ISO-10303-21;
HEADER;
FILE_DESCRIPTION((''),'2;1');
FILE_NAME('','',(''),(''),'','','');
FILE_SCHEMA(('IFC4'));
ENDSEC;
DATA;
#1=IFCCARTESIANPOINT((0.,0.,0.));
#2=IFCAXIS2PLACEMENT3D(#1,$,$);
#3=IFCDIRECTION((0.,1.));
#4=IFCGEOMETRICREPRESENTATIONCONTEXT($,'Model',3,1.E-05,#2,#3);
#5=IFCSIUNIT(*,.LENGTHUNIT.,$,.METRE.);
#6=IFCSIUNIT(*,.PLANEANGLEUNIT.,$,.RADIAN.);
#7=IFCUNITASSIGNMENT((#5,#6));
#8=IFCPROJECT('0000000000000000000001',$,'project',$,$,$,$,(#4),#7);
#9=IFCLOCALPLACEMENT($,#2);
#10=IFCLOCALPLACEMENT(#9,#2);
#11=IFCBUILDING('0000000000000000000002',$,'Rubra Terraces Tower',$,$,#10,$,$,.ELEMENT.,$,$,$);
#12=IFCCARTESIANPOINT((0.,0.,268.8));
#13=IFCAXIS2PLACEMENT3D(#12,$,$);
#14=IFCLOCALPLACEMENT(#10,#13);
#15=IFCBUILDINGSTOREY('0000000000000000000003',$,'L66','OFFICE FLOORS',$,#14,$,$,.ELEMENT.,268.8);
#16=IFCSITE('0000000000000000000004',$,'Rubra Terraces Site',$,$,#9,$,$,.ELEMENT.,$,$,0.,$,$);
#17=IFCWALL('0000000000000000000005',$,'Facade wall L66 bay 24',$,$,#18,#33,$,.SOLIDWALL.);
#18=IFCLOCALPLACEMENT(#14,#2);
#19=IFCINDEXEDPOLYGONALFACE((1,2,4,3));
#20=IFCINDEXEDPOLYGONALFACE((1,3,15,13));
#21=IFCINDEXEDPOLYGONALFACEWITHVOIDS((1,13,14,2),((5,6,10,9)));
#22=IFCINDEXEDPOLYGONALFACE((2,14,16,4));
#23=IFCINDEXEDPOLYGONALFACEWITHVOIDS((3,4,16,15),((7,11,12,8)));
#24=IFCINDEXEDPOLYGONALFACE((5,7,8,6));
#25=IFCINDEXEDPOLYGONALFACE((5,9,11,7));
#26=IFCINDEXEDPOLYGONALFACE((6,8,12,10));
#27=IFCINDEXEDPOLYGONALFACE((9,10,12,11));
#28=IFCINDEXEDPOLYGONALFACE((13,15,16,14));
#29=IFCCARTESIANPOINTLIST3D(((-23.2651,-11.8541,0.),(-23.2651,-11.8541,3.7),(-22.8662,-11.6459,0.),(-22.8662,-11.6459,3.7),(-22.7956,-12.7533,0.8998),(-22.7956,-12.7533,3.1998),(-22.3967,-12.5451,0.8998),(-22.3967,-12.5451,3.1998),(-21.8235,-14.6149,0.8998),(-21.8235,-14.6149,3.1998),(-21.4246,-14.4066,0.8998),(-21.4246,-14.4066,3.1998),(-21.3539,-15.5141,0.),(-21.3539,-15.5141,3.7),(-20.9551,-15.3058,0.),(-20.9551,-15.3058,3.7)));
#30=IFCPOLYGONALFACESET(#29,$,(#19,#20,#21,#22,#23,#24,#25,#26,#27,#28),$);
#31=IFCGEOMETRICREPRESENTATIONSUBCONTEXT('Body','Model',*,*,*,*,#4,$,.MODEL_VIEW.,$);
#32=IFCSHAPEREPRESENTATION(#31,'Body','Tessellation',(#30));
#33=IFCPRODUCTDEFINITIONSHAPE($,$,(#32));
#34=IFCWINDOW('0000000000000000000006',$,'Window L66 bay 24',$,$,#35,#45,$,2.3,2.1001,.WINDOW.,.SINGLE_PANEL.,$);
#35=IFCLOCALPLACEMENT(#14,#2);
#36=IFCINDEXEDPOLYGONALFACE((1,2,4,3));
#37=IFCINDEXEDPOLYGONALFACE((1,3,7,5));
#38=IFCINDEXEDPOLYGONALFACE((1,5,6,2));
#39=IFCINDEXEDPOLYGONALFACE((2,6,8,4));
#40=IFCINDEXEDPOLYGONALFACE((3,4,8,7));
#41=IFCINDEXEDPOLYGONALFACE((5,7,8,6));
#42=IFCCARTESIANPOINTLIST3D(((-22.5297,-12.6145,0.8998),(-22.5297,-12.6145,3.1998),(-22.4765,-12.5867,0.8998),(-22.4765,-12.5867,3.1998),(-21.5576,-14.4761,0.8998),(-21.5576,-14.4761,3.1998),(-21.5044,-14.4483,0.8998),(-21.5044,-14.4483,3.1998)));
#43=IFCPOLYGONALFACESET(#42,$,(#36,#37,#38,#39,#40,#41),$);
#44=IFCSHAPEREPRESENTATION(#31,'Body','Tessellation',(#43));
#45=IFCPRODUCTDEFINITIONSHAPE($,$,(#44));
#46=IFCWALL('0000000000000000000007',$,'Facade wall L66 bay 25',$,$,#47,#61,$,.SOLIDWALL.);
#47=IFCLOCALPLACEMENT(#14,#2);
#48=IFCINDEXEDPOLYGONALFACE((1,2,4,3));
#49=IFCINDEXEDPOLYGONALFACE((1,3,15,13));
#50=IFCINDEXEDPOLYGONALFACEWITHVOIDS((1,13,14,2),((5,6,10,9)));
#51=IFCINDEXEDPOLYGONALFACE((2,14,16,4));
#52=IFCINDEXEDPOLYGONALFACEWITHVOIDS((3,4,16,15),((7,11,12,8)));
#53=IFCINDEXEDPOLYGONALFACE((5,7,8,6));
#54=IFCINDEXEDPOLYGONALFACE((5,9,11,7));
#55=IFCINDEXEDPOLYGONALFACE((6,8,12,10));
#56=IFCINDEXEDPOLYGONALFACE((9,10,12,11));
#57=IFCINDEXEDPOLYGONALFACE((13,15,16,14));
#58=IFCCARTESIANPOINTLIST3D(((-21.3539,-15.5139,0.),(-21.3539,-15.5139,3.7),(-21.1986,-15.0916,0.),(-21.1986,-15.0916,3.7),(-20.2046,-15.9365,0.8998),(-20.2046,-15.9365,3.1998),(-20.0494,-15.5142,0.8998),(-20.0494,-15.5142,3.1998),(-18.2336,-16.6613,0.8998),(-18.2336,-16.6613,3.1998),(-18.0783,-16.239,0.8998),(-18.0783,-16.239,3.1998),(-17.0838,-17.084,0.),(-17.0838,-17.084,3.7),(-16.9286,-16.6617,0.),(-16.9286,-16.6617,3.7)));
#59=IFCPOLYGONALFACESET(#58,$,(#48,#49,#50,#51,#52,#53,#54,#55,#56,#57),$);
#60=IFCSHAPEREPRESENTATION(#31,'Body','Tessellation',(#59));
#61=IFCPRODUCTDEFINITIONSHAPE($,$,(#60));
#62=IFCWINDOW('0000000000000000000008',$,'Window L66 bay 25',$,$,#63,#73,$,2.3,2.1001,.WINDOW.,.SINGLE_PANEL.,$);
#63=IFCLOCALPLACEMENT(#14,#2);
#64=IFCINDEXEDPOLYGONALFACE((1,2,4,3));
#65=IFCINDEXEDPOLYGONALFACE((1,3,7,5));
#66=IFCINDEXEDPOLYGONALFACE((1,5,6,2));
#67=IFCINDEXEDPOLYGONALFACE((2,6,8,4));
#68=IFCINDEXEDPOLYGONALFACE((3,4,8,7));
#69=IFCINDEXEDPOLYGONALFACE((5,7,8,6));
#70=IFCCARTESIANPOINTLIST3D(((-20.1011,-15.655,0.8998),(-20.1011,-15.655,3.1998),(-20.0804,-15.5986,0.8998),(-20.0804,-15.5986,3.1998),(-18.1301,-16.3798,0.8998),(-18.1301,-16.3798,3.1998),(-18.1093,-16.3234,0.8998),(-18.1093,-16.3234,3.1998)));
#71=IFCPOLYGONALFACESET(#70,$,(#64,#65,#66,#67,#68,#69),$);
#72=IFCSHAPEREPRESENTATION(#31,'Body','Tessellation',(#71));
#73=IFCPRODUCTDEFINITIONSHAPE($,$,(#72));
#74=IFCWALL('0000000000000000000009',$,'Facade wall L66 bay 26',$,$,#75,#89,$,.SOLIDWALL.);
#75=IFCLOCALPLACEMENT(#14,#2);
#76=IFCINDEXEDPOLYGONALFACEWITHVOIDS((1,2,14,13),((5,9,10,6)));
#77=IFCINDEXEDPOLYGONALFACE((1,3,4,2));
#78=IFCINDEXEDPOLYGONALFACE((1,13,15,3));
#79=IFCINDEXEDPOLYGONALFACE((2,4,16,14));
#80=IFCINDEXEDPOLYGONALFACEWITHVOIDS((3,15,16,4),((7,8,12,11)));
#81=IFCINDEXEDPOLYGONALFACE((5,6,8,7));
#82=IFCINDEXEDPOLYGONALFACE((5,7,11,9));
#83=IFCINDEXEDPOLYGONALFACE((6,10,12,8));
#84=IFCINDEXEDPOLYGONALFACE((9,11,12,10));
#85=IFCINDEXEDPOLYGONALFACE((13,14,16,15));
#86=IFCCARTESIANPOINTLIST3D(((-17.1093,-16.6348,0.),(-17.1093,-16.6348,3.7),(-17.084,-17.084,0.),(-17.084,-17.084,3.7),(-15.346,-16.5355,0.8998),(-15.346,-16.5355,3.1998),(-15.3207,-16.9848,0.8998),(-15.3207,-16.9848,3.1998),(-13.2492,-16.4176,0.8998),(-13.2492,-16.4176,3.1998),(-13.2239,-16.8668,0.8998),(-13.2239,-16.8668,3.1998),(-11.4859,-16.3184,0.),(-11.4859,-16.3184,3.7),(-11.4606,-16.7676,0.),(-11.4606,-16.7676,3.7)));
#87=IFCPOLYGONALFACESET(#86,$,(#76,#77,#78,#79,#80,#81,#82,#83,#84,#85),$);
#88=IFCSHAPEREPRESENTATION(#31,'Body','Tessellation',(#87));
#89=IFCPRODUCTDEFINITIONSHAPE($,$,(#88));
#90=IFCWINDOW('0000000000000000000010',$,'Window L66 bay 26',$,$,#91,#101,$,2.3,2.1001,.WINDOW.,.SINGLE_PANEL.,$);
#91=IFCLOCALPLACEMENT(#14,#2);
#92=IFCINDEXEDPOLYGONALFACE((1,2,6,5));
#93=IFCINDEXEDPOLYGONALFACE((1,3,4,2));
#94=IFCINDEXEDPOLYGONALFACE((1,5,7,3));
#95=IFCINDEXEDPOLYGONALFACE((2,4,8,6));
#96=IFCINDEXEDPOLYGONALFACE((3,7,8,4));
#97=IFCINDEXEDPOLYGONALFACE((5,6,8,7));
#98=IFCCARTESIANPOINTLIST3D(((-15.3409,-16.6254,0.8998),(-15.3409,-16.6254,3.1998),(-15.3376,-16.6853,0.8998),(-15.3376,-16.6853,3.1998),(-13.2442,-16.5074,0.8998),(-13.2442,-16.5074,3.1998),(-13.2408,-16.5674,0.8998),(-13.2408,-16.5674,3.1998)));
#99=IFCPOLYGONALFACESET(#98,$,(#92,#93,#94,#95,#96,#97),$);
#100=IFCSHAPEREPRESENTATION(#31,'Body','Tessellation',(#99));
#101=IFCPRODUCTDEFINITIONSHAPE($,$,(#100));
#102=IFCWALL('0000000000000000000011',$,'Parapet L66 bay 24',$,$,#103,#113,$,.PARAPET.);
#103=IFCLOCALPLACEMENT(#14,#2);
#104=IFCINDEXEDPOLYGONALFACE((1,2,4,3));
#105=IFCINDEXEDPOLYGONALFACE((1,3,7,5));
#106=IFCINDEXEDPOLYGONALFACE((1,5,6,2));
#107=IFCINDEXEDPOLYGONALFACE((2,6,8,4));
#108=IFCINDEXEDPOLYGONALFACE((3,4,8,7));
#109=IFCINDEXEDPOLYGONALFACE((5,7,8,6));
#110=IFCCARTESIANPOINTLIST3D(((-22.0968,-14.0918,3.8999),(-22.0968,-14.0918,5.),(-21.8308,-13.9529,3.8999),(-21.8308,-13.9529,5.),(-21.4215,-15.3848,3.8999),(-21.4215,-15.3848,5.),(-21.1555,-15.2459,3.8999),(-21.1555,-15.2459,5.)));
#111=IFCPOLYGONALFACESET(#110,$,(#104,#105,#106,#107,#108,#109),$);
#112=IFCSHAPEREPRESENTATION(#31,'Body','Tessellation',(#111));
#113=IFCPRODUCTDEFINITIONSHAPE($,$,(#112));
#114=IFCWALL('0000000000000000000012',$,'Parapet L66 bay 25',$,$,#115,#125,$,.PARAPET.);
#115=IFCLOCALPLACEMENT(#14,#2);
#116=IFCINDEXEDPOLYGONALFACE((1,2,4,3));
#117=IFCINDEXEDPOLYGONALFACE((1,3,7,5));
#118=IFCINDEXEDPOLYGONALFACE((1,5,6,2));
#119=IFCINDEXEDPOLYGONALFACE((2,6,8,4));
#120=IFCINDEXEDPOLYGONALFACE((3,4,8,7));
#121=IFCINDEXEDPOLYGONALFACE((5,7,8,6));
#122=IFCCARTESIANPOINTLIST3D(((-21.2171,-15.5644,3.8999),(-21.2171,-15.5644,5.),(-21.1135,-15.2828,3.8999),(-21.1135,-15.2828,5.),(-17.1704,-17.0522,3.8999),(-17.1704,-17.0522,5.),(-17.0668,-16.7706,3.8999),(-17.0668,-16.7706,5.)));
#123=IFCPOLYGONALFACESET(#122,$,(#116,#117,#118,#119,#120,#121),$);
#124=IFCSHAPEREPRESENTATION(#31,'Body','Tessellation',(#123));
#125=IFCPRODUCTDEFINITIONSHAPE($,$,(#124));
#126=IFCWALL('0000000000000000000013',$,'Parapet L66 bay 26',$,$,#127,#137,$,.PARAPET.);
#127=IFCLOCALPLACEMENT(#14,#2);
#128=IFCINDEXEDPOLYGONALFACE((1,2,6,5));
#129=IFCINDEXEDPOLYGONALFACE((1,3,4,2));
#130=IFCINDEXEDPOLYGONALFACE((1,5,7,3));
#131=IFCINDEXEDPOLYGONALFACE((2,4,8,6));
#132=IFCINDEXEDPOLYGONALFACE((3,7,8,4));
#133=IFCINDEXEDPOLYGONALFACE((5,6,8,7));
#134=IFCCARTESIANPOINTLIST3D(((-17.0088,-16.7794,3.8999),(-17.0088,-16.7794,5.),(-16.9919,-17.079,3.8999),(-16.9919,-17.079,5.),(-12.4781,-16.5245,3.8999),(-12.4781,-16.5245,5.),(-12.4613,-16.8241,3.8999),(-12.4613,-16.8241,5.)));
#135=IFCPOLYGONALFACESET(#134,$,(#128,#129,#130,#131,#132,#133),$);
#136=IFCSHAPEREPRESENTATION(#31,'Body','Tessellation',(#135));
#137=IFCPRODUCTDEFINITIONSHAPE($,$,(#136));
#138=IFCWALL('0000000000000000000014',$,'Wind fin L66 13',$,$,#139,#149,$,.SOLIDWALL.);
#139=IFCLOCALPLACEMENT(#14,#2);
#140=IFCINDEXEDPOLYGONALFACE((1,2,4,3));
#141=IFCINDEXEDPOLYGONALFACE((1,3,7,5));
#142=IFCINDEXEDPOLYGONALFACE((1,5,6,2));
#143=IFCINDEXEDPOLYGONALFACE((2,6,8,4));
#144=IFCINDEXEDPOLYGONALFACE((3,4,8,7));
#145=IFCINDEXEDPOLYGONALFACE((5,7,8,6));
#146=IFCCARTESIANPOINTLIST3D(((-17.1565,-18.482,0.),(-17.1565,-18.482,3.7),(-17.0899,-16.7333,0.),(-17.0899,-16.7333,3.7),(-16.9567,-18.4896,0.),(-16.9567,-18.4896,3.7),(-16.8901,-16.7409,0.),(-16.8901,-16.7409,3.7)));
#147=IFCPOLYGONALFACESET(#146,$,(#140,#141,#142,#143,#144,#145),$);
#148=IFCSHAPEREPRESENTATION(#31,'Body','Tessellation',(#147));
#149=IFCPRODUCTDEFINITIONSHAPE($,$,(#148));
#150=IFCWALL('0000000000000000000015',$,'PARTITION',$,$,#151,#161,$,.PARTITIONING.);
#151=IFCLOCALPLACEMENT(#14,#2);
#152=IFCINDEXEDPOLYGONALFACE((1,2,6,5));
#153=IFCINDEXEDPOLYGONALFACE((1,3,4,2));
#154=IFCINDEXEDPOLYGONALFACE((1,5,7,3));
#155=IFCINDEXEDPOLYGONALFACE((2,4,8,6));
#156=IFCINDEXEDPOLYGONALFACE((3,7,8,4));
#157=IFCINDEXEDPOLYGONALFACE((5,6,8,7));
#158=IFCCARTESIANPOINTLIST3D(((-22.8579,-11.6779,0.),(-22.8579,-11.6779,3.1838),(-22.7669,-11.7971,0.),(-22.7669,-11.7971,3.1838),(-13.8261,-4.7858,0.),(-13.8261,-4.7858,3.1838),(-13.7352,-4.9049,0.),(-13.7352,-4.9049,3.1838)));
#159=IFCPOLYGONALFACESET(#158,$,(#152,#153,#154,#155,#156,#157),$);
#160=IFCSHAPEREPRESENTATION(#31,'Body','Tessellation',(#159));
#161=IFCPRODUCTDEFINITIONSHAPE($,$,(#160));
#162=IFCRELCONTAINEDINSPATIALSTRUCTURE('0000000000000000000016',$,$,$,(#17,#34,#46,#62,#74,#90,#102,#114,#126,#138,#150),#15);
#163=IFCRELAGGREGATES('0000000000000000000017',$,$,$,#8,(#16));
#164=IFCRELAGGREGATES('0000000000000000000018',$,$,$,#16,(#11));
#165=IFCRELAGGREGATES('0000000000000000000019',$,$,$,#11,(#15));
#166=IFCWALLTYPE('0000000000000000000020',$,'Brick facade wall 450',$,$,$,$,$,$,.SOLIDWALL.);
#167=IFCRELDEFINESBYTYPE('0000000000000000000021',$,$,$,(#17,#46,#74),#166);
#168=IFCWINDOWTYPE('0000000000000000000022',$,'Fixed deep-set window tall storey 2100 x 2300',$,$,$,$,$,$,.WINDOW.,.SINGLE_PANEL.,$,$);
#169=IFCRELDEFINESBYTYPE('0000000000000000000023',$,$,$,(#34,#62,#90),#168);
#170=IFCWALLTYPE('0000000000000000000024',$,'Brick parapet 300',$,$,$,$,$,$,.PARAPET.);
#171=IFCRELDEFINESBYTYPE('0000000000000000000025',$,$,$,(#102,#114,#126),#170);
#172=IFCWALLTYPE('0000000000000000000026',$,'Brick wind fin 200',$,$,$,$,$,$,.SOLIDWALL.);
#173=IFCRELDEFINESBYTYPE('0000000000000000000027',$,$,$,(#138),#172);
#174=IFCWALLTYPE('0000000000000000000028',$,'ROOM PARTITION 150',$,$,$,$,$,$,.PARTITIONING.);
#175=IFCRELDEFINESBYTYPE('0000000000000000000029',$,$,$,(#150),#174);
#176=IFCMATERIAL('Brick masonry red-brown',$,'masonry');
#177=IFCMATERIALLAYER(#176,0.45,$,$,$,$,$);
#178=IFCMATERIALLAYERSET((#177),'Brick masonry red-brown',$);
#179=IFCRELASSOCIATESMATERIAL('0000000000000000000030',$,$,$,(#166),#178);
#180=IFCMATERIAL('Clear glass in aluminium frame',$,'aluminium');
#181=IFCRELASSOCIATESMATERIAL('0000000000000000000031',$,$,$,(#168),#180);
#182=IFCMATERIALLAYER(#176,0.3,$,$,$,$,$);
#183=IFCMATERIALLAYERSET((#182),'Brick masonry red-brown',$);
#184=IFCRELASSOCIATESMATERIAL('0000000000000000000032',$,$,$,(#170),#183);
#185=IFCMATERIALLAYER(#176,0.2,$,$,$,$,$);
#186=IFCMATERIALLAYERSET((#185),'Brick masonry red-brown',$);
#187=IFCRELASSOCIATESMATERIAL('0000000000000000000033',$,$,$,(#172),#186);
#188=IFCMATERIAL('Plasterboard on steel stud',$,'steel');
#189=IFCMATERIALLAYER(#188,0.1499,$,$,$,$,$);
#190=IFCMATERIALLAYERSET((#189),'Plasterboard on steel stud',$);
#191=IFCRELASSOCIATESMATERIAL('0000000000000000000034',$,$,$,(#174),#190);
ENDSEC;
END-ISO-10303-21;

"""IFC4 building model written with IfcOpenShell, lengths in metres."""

from ifc_helpers import new_model, si_unit, direction, frame, frame_2d, origin, place, context, subcontext, project, spatial, rectangle, extrude, material, layer, layer_set, type_object, element, fill, save


model = new_model("IFC4")

# Units and contexts
model_context = context("Model", 3, precision=1e-05, world=origin(), true_north=direction((0.0, 1.0)))
body_context = subcontext(model_context, "Body", "Model", "MODEL_VIEW")
ifc_project = project(units=[si_unit("LENGTHUNIT", "METRE"), si_unit("PLANEANGLEUNIT", "RADIAN")], contexts=[model_context])

# Site, building, storey
site_placement = place(None, origin())
site = spatial("IfcSite", under=ifc_project, at=site_placement, Name="Rubra Terraces Site", CompositionType="ELEMENT", RefElevation=0.0)
building_placement = place(site_placement, origin())
building = spatial("IfcBuilding", under=site, at=building_placement, Name="Rubra Terraces Tower", CompositionType="ELEMENT")
storey_placement = place(building_placement, frame((0.0, 0.0, 268.8)))
storey = spatial("IfcBuildingStorey", under=building, at=storey_placement, Name="L66", Description="OFFICE FLOORS", CompositionType="ELEMENT", Elevation=268.8)

# Walls, openings, windows
ifc_material_1 = material(Name="Brick masonry red-brown", Category="masonry")
ifc_layer_1 = layer(ifc_material_1, 0.45)
ifc_layer_set_1 = layer_set([ifc_layer_1], Name="Brick masonry red-brown")
wall_type_1 = type_object("IfcWallType", Name="Brick facade wall 450", PredefinedType="SOLIDWALL", material=ifc_layer_set_1)
wall_1_placement = place(storey_placement, frame((-23.0657, -11.75, 0.0), z_axis=(0.0, 0.0, 1.0), x_axis=(0.462873, -0.886425, 0.0)))
wall_1 = element("IfcWall", 1, at=wall_1_placement, inside=storey, type_object=wall_type_1, Name="Facade wall L66 bay 24", PredefinedType="SOLIDWALL", context=body_context, shape_type="SweptSolid", body=[
    extrude(rectangle(XDim=4.1289, YDim=0.45, at=frame_2d((2.0645, 0.0))), origin(), (0.0, 0.0, 1.0), 3.7),
])
opening_1_placement = place(wall_1_placement, frame((1.0144, 0.0, 0.8999)))
opening_1 = element("IfcOpeningElement", 2, at=opening_1_placement, cuts=wall_1, PredefinedType="OPENING", context=body_context, shape_type="SweptSolid", body=[
    extrude(rectangle(XDim=2.1001, YDim=2.3, at=frame_2d((1.05, 1.1499))), frame((0.0, 0.2349, 0.0), z_axis=(0.0, -1.0, 0.0), x_axis=(1.0, 0.0, 0.0)), (0.0, 0.0, 1.0), 0.47),
])
ifc_material_2 = material(Name="Clear glass in aluminium frame", Category="aluminium")
window_type = type_object("IfcWindowType", Name="Fixed deep-set window tall storey 2100 x 2300", PartitioningType="SINGLE_PANEL", PredefinedType="WINDOW", material=ifc_material_2)
window_1_placement = place(opening_1_placement, origin())
window_1 = element("IfcWindow", 3, at=window_1_placement, inside=storey, type_object=window_type, Name="Window L66 bay 24", OverallHeight=2.3, OverallWidth=2.1001, PartitioningType="SINGLE_PANEL", PredefinedType="WINDOW", context=body_context, shape_type="SweptSolid", body=[
    extrude(rectangle(XDim=2.1001, YDim=2.3, at=frame_2d((1.05, 1.1499))), frame((0.0, 0.135, 0.0), z_axis=(0.0, -1.0, 0.0), x_axis=(1.0, 0.0, 0.0)), (0.0, 0.0, 1.0), 0.0601),
])
fill(opening_1, window_1)
wall_2_placement = place(storey_placement, frame((-21.2764, -15.3027, 0.0), z_axis=(0.0, 0.0, 1.0), x_axis=(0.938564, -0.345106, 0.0)))
wall_2 = element("IfcWall", 4, at=wall_2_placement, inside=storey, type_object=wall_type_1, Name="Facade wall L66 bay 25", PredefinedType="SOLIDWALL", context=body_context, shape_type="SweptSolid", body=[
    extrude(rectangle(XDim=4.5496, YDim=0.45, at=frame_2d((2.2749, 0.0))), origin(), (0.0, 0.0, 1.0), 3.7),
])
opening_2_placement = place(wall_2_placement, frame((1.2246, 0.0, 0.8999)))
opening_2 = element("IfcOpeningElement", 5, at=opening_2_placement, cuts=wall_2, PredefinedType="OPENING", context=body_context, shape_type="SweptSolid", body=[
    extrude(rectangle(XDim=2.1001, YDim=2.3, at=frame_2d((1.05, 1.1499))), frame((0.0, 0.2349, 0.0), z_axis=(0.0, -1.0, 0.0), x_axis=(1.0, 0.0, 0.0)), (0.0, 0.0, 1.0), 0.47),
])
window_2_placement = place(opening_2_placement, origin())
window_2 = element("IfcWindow", 6, at=window_2_placement, inside=storey, type_object=window_type, Name="Window L66 bay 25", OverallHeight=2.3, OverallWidth=2.1001, PartitioningType="SINGLE_PANEL", PredefinedType="WINDOW", context=body_context, shape_type="SweptSolid", body=[
    extrude(rectangle(XDim=2.1001, YDim=2.3, at=frame_2d((1.05, 1.1499))), frame((0.0, 0.135, 0.0), z_axis=(0.0, -1.0, 0.0), x_axis=(1.0, 0.0, 0.0)), (0.0, 0.0, 1.0), 0.0601),
])
fill(opening_2, window_2)
wall_3_placement = place(storey_placement, frame((-17.0967, -16.8594, 0.0), z_axis=(0.0, 0.0, 1.0), x_axis=(0.998421, 0.056176, 0.0)))
wall_3 = element("IfcWall", 7, at=wall_3_placement, inside=storey, type_object=wall_type_1, Name="Facade wall L66 bay 26", PredefinedType="SOLIDWALL", context=body_context, shape_type="SweptSolid", body=[
    extrude(rectangle(XDim=5.6323, YDim=0.45, at=frame_2d((2.8162, 0.0))), origin(), (0.0, 0.0, 1.0), 3.7),
])
opening_3_placement = place(wall_3_placement, frame((1.7661, 0.0, 0.8999)))
opening_3 = element("IfcOpeningElement", 8, at=opening_3_placement, cuts=wall_3, PredefinedType="OPENING", context=body_context, shape_type="SweptSolid", body=[
    extrude(rectangle(XDim=2.1001, YDim=2.3, at=frame_2d((1.05, 1.1499))), frame((0.0, 0.2349, 0.0), z_axis=(0.0, -1.0, 0.0), x_axis=(1.0, 0.0, 0.0)), (0.0, 0.0, 1.0), 0.47),
])
window_3_placement = place(opening_3_placement, origin())
window_3 = element("IfcWindow", 9, at=window_3_placement, inside=storey, type_object=window_type, Name="Window L66 bay 26", OverallHeight=2.3, OverallWidth=2.1001, PartitioningType="SINGLE_PANEL", PredefinedType="WINDOW", context=body_context, shape_type="SweptSolid", body=[
    extrude(rectangle(XDim=2.1001, YDim=2.3, at=frame_2d((1.05, 1.1499))), frame((0.0, 0.135, 0.0), z_axis=(0.0, -1.0, 0.0), x_axis=(1.0, 0.0, 0.0)), (0.0, 0.0, 1.0), 0.0601),
])
fill(opening_3, window_3)

# Walls
ifc_layer_2 = layer(ifc_material_1, 0.3)
ifc_layer_set_2 = layer_set([ifc_layer_2], Name="Brick masonry red-brown")
wall_type_2 = type_object("IfcWallType", Name="Brick parapet 300", PredefinedType="PARAPET", material=ifc_layer_set_2)
wall_4_placement = place(storey_placement, frame((-21.9639, -14.0222, 3.8999), z_axis=(0.0, 0.0, 1.0), x_axis=(0.462943, -0.886388, 0.0)))
element("IfcWall", 10, at=wall_4_placement, inside=storey, type_object=wall_type_2, Name="Parapet L66 bay 24", PredefinedType="PARAPET", context=body_context, shape_type="SweptSolid", body=[
    extrude(rectangle(XDim=1.4587, YDim=0.3, at=frame_2d((0.7295, 0.0))), origin(), (0.0, 0.0, 1.0), 1.1001),
])
wall_5_placement = place(storey_placement, frame((-21.1653, -15.4236, 3.8999), z_axis=(0.0, 0.0, 1.0), x_axis=(0.938574, -0.345078, 0.0)))
element("IfcWall", 11, at=wall_5_placement, inside=storey, type_object=wall_type_2, Name="Parapet L66 bay 25", PredefinedType="PARAPET", context=body_context, shape_type="SweptSolid", body=[
    extrude(rectangle(XDim=4.3115, YDim=0.3, at=frame_2d((2.1558, 0.0))), origin(), (0.0, 0.0, 1.0), 1.1001),
])
wall_6_placement = place(storey_placement, frame((-17.0005, -16.9292, 3.8999), z_axis=(0.0, 0.0, 1.0), x_axis=(0.998421, 0.056167, 0.0)))
element("IfcWall", 12, at=wall_6_placement, inside=storey, type_object=wall_type_2, Name="Parapet L66 bay 26", PredefinedType="PARAPET", context=body_context, shape_type="SweptSolid", body=[
    extrude(rectangle(XDim=4.5378, YDim=0.3, at=frame_2d((2.269, 0.0))), origin(), (0.0, 0.0, 1.0), 1.1001),
])
ifc_layer_3 = layer(ifc_material_1, 0.2)
ifc_layer_set_3 = layer_set([ifc_layer_3], Name="Brick masonry red-brown")
wall_type_3 = type_object("IfcWallType", Name="Brick wind fin 200", PredefinedType="SOLIDWALL", material=ifc_layer_set_3)
wall_7_placement = place(storey_placement, frame((-16.99, -16.7371, 0.0), z_axis=(0.0, 0.0, 1.0), x_axis=(-0.038085, -0.999275, 0.0)))
element("IfcWall", 13, at=wall_7_placement, inside=storey, type_object=wall_type_3, Name="Wind fin L66 13", PredefinedType="SOLIDWALL", context=body_context, shape_type="SweptSolid", body=[
    extrude(rectangle(XDim=1.75, YDim=0.2, at=frame_2d((0.875, 0.0))), origin(), (0.0, 0.0, 1.0), 3.7),
])
ifc_material_3 = material(Name="Plasterboard on steel stud", Category="steel")
ifc_layer_4 = layer(ifc_material_3, 0.1499)
ifc_layer_set_4 = layer_set([ifc_layer_4], Name="Plasterboard on steel stud")
wall_type_4 = type_object("IfcWallType", Name="ROOM PARTITION 150", PredefinedType="PARTITIONING", material=ifc_layer_set_4)
wall_8_placement = place(storey_placement, frame((-22.8125, -11.7375, 0.0), z_axis=(0.0, 0.0, 1.0), x_axis=(0.794975, 0.606643, 0.0)))
element("IfcWall", 14, at=wall_8_placement, inside=storey, type_object=wall_type_4, Name="PARTITION", PredefinedType="PARTITIONING", context=body_context, shape_type="SweptSolid", body=[
    extrude(rectangle(XDim=11.3611, YDim=0.1499, at=frame_2d((5.6807, 0.0))), origin(), (0.0, 0.0, 1.0), 3.1838),
])

save(model, "model.ifc")
